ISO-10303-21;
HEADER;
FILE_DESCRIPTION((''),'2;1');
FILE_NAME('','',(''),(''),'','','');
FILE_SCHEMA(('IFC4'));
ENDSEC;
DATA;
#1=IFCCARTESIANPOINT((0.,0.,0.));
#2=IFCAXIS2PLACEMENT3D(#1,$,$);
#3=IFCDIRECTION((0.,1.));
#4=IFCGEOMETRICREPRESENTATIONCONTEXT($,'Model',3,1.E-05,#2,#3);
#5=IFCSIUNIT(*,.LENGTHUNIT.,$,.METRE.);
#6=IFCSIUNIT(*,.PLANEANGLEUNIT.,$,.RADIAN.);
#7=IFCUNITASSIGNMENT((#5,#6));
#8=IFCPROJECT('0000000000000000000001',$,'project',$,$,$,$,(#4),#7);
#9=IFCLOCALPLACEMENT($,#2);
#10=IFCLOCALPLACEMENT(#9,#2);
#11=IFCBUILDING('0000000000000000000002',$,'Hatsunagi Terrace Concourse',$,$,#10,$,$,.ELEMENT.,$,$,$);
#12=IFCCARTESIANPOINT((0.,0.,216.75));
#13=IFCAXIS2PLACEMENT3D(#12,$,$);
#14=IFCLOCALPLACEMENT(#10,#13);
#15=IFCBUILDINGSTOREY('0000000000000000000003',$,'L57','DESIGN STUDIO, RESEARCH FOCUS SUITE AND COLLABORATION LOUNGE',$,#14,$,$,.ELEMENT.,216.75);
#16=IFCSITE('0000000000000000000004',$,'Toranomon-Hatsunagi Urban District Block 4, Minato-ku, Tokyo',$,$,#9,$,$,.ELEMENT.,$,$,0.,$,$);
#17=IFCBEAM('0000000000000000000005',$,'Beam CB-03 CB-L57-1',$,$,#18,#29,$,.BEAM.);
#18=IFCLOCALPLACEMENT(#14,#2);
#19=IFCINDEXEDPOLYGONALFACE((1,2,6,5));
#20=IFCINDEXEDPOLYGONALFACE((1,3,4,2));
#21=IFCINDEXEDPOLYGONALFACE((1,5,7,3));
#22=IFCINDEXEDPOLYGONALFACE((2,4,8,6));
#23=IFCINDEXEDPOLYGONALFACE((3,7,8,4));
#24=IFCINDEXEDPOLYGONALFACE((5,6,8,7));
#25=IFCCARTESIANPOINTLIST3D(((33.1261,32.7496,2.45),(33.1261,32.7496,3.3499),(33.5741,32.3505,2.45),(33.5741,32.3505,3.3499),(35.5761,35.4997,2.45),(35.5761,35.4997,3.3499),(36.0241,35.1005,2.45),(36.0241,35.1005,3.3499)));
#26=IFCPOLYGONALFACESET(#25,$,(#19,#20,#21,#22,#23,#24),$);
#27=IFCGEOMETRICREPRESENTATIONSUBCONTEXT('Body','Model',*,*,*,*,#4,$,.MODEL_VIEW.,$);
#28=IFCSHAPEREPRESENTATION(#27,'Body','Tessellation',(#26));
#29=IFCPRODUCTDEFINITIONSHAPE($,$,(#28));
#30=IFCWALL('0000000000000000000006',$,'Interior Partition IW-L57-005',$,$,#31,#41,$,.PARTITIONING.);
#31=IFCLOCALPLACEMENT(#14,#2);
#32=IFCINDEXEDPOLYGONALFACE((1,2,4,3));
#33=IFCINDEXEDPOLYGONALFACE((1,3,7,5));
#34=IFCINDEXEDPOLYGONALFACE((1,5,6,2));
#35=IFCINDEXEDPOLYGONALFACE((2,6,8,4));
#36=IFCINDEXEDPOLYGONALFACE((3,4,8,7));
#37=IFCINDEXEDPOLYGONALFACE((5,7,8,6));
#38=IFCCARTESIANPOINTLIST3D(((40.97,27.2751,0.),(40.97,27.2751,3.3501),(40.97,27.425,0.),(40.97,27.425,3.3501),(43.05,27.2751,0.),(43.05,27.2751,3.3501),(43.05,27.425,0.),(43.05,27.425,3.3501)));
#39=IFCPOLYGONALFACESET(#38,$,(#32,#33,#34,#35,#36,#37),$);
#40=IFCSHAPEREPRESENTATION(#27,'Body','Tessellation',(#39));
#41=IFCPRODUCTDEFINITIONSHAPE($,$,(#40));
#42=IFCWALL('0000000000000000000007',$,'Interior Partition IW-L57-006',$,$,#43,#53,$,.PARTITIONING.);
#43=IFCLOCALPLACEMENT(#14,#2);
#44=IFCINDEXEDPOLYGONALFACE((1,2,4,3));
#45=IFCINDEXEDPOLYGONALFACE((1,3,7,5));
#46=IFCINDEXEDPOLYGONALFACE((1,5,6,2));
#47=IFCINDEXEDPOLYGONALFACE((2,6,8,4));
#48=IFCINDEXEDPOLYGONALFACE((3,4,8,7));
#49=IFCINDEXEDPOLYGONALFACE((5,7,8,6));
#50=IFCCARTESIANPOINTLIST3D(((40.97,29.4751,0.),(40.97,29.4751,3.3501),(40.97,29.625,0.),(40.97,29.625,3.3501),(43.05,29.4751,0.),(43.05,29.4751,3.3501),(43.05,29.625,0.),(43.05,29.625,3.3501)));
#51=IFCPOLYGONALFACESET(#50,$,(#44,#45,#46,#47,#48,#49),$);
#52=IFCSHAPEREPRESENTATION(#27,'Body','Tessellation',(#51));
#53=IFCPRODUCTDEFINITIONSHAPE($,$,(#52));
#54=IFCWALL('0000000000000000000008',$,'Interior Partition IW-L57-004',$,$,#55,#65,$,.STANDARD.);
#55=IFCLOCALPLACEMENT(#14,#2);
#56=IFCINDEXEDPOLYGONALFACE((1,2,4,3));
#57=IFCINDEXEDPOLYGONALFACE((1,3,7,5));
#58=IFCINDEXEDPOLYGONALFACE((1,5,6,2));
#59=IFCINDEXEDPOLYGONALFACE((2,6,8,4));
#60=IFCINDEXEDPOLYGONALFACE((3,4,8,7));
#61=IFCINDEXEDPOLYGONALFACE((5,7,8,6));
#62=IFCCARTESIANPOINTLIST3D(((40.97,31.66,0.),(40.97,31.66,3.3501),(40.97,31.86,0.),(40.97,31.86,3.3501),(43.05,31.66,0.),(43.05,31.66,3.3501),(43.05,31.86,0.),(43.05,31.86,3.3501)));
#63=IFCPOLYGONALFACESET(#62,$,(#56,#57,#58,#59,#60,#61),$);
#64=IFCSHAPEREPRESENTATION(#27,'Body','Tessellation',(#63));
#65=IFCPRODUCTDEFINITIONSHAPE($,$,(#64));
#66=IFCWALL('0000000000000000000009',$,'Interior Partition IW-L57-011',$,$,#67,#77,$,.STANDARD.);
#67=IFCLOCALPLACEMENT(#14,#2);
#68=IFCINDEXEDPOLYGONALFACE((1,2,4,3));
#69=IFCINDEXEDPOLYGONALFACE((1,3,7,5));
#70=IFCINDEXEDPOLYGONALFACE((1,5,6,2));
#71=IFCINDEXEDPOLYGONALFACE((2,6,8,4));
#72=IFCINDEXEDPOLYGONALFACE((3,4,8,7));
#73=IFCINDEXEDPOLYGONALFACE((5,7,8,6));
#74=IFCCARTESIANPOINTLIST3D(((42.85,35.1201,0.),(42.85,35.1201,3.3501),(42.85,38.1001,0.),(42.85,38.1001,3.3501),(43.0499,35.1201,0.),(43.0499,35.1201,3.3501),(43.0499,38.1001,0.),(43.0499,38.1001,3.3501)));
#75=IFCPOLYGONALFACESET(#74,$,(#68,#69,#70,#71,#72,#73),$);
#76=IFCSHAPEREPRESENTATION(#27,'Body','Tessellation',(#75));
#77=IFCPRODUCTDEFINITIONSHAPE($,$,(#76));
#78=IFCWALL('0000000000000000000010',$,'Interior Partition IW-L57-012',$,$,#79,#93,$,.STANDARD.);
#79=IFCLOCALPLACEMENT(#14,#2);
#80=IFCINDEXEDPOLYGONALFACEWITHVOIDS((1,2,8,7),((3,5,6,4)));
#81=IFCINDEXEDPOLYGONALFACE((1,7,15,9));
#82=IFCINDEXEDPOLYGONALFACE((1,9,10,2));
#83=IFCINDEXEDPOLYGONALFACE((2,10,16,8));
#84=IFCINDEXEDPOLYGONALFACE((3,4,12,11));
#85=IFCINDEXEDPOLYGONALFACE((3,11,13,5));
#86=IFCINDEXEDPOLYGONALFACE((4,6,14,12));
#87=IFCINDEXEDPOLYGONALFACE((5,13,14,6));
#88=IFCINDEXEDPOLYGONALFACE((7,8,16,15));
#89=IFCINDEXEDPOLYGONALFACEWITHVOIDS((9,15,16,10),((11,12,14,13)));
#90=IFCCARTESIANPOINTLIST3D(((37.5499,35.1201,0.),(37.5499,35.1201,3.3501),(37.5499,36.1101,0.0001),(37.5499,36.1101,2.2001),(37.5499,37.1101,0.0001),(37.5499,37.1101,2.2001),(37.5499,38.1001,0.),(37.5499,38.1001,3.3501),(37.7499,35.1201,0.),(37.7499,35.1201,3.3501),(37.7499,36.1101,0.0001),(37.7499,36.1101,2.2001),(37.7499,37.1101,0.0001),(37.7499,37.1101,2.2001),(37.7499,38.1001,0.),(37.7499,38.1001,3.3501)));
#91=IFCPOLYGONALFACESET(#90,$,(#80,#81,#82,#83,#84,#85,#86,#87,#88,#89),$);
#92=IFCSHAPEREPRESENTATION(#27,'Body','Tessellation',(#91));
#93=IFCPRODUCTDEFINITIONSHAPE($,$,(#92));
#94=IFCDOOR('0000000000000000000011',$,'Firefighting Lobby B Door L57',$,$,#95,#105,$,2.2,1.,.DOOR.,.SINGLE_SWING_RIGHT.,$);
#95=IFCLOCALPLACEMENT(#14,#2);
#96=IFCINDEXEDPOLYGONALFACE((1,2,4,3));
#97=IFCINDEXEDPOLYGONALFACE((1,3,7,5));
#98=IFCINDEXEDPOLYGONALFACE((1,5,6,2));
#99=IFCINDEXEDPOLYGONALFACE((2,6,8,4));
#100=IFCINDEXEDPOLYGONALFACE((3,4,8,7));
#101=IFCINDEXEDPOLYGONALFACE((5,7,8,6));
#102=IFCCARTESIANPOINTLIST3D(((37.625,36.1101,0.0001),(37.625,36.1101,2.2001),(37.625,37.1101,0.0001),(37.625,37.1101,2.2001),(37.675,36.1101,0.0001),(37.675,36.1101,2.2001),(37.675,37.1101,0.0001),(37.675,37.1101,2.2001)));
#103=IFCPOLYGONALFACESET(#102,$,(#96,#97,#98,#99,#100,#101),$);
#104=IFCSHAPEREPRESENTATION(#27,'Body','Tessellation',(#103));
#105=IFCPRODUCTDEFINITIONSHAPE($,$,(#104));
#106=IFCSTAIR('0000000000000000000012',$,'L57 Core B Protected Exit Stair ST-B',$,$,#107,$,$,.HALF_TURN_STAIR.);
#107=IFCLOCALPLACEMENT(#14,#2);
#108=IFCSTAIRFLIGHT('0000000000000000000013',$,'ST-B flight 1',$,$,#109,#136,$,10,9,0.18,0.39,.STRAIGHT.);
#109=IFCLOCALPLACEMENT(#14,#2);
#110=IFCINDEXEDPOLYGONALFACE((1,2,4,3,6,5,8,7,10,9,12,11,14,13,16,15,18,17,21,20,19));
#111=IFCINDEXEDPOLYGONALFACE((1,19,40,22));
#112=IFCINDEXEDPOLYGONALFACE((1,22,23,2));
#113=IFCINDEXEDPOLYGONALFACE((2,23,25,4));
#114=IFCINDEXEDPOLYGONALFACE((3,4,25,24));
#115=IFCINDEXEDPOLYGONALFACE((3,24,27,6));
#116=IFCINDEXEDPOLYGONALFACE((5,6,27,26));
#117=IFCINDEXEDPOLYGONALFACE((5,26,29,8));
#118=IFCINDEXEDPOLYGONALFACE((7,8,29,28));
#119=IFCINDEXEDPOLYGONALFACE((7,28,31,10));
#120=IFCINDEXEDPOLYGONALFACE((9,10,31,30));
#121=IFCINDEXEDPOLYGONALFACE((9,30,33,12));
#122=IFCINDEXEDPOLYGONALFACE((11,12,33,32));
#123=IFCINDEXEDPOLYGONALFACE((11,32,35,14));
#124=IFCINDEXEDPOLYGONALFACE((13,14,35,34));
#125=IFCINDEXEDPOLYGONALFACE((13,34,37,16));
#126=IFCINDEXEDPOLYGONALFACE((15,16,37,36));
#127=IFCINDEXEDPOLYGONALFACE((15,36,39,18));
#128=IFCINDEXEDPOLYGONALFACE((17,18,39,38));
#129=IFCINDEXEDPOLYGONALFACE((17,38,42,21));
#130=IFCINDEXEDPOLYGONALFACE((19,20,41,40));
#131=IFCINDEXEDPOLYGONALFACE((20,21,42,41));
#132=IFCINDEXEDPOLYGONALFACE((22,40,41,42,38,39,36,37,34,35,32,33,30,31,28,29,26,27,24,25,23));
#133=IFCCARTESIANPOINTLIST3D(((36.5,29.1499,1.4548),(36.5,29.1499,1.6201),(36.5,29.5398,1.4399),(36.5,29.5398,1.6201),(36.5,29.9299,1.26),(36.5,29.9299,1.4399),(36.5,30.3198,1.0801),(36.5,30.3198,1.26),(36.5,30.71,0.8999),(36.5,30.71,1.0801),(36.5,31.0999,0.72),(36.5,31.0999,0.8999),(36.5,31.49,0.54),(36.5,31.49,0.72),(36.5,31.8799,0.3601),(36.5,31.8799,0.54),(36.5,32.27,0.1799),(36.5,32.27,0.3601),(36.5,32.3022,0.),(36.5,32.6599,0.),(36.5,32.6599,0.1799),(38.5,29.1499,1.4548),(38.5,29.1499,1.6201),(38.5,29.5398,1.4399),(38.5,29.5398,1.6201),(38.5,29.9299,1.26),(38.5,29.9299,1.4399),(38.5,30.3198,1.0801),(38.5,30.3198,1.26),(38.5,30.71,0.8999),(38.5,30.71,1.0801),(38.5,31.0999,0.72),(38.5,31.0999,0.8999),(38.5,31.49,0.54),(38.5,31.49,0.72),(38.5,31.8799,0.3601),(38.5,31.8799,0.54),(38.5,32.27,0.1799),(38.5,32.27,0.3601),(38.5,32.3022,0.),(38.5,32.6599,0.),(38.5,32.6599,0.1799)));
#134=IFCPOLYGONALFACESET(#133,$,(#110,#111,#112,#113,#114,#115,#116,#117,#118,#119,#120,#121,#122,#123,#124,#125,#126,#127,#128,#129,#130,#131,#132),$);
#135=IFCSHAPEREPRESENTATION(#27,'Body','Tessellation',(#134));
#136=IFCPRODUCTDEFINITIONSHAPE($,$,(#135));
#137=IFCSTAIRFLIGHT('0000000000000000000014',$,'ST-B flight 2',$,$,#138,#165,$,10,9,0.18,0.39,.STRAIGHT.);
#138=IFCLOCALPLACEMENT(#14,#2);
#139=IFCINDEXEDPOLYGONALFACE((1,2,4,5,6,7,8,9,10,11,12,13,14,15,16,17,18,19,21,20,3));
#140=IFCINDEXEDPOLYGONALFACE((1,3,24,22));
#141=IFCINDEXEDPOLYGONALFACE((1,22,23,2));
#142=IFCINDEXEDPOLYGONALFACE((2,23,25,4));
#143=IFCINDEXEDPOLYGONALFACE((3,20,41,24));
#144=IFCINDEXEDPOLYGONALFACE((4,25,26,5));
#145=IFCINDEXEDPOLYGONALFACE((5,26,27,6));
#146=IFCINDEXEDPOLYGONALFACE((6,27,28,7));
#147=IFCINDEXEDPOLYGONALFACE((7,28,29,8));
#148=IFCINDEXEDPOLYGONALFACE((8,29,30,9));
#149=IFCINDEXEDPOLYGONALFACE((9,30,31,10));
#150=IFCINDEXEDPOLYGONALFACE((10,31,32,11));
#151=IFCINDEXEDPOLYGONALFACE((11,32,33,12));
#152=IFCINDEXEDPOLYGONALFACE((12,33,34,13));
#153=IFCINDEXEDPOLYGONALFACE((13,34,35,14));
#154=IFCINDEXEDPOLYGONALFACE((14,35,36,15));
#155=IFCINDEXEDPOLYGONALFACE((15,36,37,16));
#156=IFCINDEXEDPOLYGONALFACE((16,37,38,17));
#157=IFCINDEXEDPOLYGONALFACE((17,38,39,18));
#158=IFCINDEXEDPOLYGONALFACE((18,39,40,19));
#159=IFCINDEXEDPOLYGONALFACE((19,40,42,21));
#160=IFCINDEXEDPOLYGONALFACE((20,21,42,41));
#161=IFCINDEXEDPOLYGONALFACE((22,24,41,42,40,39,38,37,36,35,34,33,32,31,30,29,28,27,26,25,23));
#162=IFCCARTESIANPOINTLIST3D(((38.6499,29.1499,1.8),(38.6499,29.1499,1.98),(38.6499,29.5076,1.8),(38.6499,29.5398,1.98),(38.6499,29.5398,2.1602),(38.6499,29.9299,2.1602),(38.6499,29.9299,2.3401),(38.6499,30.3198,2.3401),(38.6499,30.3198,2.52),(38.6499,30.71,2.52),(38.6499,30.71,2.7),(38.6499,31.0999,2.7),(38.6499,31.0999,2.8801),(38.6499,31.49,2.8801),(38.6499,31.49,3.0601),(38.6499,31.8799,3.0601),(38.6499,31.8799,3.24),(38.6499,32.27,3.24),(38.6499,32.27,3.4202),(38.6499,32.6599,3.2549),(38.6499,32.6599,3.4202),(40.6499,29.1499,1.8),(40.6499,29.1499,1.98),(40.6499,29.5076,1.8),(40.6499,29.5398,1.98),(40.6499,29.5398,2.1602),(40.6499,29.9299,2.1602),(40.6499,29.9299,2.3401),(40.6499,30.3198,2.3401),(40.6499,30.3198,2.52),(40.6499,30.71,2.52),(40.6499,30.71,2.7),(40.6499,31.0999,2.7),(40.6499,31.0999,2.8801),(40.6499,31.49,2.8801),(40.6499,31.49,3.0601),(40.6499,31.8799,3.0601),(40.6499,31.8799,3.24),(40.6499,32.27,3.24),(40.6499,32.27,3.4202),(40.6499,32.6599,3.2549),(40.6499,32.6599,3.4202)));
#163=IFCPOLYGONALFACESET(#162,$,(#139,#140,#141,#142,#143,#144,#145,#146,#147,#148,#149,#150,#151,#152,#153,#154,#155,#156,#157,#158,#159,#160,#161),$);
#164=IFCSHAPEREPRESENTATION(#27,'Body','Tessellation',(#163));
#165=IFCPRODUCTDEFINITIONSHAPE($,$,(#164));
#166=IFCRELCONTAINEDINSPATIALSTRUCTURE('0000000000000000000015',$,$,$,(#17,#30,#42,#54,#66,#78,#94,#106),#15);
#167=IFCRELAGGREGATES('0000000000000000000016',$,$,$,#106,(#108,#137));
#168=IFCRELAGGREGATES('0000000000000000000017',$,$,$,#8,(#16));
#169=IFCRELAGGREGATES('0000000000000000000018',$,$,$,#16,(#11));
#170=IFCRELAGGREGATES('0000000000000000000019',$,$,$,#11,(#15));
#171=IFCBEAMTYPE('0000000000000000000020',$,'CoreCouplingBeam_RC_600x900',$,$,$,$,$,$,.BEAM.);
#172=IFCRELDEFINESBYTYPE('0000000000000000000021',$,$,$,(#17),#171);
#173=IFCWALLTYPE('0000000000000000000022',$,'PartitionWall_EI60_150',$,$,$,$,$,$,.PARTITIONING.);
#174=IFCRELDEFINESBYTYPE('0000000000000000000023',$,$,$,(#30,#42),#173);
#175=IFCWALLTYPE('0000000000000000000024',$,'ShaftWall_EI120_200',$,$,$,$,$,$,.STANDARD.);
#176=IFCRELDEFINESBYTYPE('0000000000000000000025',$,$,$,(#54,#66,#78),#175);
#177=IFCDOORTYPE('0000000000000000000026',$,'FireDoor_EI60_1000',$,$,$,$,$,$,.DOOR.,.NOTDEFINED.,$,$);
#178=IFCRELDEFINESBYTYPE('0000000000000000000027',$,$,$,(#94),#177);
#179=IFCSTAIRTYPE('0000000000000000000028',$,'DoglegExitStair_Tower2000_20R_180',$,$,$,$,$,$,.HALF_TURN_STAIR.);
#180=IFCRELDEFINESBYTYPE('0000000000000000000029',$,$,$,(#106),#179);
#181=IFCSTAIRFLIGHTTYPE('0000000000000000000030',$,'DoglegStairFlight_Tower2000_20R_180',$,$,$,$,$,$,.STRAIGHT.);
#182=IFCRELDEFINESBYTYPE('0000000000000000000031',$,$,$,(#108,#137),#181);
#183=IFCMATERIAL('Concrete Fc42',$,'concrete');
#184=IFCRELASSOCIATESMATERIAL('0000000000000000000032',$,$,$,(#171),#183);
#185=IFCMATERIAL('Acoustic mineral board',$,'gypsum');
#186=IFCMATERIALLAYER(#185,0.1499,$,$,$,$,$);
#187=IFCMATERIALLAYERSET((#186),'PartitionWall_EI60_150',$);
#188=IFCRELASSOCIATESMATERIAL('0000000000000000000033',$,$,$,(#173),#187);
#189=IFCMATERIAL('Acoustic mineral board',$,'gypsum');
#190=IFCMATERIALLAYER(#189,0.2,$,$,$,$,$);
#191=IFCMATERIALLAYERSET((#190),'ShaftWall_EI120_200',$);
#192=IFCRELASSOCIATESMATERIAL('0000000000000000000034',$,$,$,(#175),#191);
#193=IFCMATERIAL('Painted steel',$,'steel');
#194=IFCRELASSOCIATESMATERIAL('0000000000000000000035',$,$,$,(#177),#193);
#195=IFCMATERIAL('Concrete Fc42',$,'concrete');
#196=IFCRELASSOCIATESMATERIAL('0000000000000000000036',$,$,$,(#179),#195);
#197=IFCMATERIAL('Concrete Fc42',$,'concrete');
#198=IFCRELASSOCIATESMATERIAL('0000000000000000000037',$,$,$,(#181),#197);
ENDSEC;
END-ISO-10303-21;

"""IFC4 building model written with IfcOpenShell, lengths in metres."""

from ifc_helpers import new_model, si_unit, direction, frame, frame_2d, origin, origin_2d, place, context, subcontext, project, spatial, polyline, rectangle, outline, extrude, material, layer, layer_set, material_profile, profile_set, type_object, element, fill, aggregate, save


model = new_model("IFC4")

# Units and contexts
model_context = context("Model", 3, precision=1e-05, world=origin(), true_north=direction((0.0, 1.0)))
body_context = subcontext(model_context, "Body", "Model", "MODEL_VIEW")
ifc_project = project(units=[si_unit("LENGTHUNIT", "METRE"), si_unit("PLANEANGLEUNIT", "RADIAN")], contexts=[model_context])

# Site, building, storey
site_placement = place(None, origin())
site = spatial("IfcSite", under=ifc_project, at=site_placement, Name="Toranomon-Hatsunagi Urban District Block 4, Minato-ku, Tokyo", CompositionType="ELEMENT", RefElevation=0.0)
building_placement = place(site_placement, origin())
building = spatial("IfcBuilding", under=site, at=building_placement, Name="Hatsunagi Terrace Concourse", CompositionType="ELEMENT")
storey_placement = place(building_placement, frame((0.0, 0.0, 216.75)))
storey = spatial("IfcBuildingStorey", under=building, at=storey_placement, Name="L57", Description="DESIGN STUDIO, RESEARCH FOCUS SUITE AND COLLABORATION LOUNGE", CompositionType="ELEMENT", Elevation=216.75)

# Beam
ifc_material_1 = material(Name="Concrete Fc42", Category="concrete")
ifc_material_profile = material_profile(ifc_material_1, rectangle(XDim=0.6001, YDim=0.8999, at=origin_2d()), Name="RC-600x900")
ifc_profile_set = profile_set([ifc_material_profile], Name="Concrete Fc42")
beam_type = type_object("IfcBeamType", Name="CoreCouplingBeam_RC_600x900", PredefinedType="BEAM", material=ifc_profile_set)
beam_placement = place(storey_placement, frame((33.3501, 32.55, 2.8999), z_axis=(0.665199, 0.746666, 0.0), x_axis=(-0.746666, 0.665199, 0.0)))
element("IfcBeam", 1, at=beam_placement, inside=storey, type_object=beam_type, Name="Beam CB-03 CB-L57-1", PredefinedType="BEAM", context=body_context, shape_type="SweptSolid", body=[
    extrude(rectangle(XDim=0.6001, YDim=0.8999, at=origin_2d()), origin(), (0.0, 0.0, 1.0), 3.6831),
])

# Walls
ifc_material_2 = material(Name="Acoustic mineral board", Category="gypsum")
ifc_layer_1 = layer(ifc_material_2, 0.1499)
ifc_layer_set_1 = layer_set([ifc_layer_1], Name="PartitionWall_EI60_150")
wall_type_1 = type_object("IfcWallType", Name="PartitionWall_EI60_150", PredefinedType="PARTITIONING", material=ifc_layer_set_1)
for number, where, z_axis, x_axis, name in (
    (2, (40.97, 27.3501, 0.0), (0.0, 0.0, 1.0), (1.0, 0.0, 0.0), "Interior Partition IW-L57-005"),
    (3, (40.97, 29.55, 0.0), (0.0, 0.0, 1.0), (1.0, 0.0, 0.0), "Interior Partition IW-L57-006"),
):
    element("IfcWall", number, at=place(storey_placement, frame(where, z_axis=z_axis, x_axis=x_axis)), inside=storey, type_object=wall_type_1, Name=name, PredefinedType="PARTITIONING", context=body_context, shape_type="SweptSolid", body=[
        extrude(rectangle(XDim=2.0801, YDim=0.1499, at=frame_2d((1.04, 0.0))), origin(), (0.0, 0.0, 1.0), 3.3501),
    ])
ifc_material_3 = material(Name="Acoustic mineral board", Category="gypsum")
ifc_layer_2 = layer(ifc_material_3, 0.2)
ifc_layer_set_2 = layer_set([ifc_layer_2], Name="ShaftWall_EI120_200")
wall_type_2 = type_object("IfcWallType", Name="ShaftWall_EI120_200", PredefinedType="STANDARD", material=ifc_layer_set_2)
wall_1_placement = place(storey_placement, frame((40.97, 31.76, 0.0), z_axis=(0.0, 0.0, 1.0), x_axis=(1.0, 0.0, 0.0)))
element("IfcWall", 4, at=wall_1_placement, inside=storey, type_object=wall_type_2, Name="Interior Partition IW-L57-004", PredefinedType="STANDARD", context=body_context, shape_type="SweptSolid", body=[
    extrude(rectangle(XDim=2.0801, YDim=0.2, at=frame_2d((1.04, 0.0))), origin(), (0.0, 0.0, 1.0), 3.3501),
])
wall_2_placement = place(storey_placement, frame((42.95, 35.1201, 0.0), z_axis=(0.0, 0.0, 1.0), x_axis=(0.0, 1.0, 0.0)))
element("IfcWall", 5, at=wall_2_placement, inside=storey, type_object=wall_type_2, Name="Interior Partition IW-L57-011", PredefinedType="STANDARD", context=body_context, shape_type="SweptSolid", body=[
    extrude(rectangle(XDim=2.98, YDim=0.2, at=frame_2d((1.49, 0.0))), origin(), (0.0, 0.0, 1.0), 3.3501),
])

# Wall, opening, door
wall_3_placement = place(storey_placement, frame((37.6499, 35.1201, 0.0), z_axis=(0.0, 0.0, 1.0), x_axis=(0.0, 1.0, 0.0)))
wall_3 = element("IfcWall", 6, at=wall_3_placement, inside=storey, type_object=wall_type_2, Name="Interior Partition IW-L57-012", PredefinedType="STANDARD", context=body_context, shape_type="SweptSolid", body=[
    extrude(rectangle(XDim=2.98, YDim=0.2, at=frame_2d((1.49, 0.0))), origin(), (0.0, 0.0, 1.0), 3.3501),
])
opening_1_placement = place(wall_3_placement, frame((0.99, 0.0, 0.0)))
opening_1 = element("IfcOpeningElement", 7, at=opening_1_placement, cuts=wall_3, PredefinedType="OPENING", context=body_context, shape_type="SweptSolid", body=[
    extrude(rectangle(XDim=1.0, YDim=2.2, at=frame_2d((0.5, 1.1001))), frame((0.0, 0.1099, 0.0), z_axis=(0.0, -1.0, 0.0), x_axis=(1.0, 0.0, 0.0)), (0.0, 0.0, 1.0), 0.22),
])
ifc_material_4 = material(Name="Painted steel", Category="steel")
door_type_1 = type_object("IfcDoorType", Name="FireDoor_EI60_1000", OperationType="NOTDEFINED", PredefinedType="DOOR", material=ifc_material_4)
door_1_placement = place(opening_1_placement, origin())
door_1 = element("IfcDoor", 8, at=door_1_placement, inside=storey, type_object=door_type_1, Name="Firefighting Lobby B Door L57", OperationType="SINGLE_SWING_RIGHT", OverallHeight=2.2, OverallWidth=1.0, PredefinedType="DOOR", context=body_context, shape_type="SweptSolid", body=[
    extrude(rectangle(XDim=1.0, YDim=2.2, at=frame_2d((0.5, 1.1001))), frame((0.0, 0.0249, 0.0), z_axis=(0.0, -1.0, 0.0), x_axis=(1.0, 0.0, 0.0)), (0.0, 0.0, 1.0), 0.05),
])
fill(opening_1, door_1)

# Stair, stair flights
ifc_material_5 = material(Name="Concrete Fc42", Category="concrete")
stair_type = type_object("IfcStairType", Name="DoglegExitStair_Tower2000_20R_180", PredefinedType="HALF_TURN_STAIR", material=ifc_material_5)
stair_placement = place(storey_placement, origin())
stair = element("IfcStair", 9, at=stair_placement, inside=storey, type_object=stair_type, Name="L57 Core B Protected Exit Stair ST-B", PredefinedType="HALF_TURN_STAIR")
ifc_material_6 = material(Name="Concrete Fc42", Category="concrete")
stair_flight_type = type_object("IfcStairFlightType", Name="DoglegStairFlight_Tower2000_20R_180", PredefinedType="STRAIGHT", material=ifc_material_6)
stair_flight_1_placement = place(storey_placement, frame((37.5, 32.6599, 0.0), z_axis=(0.0, 0.0, 1.0), x_axis=(0.0, -1.0, 0.0)))
stair_flight_1 = element("IfcStairFlight", 10, at=stair_flight_1_placement, type_object=stair_flight_type, Name="ST-B flight 1", NumberOfRisers=10, NumberOfTreads=9, PredefinedType="STRAIGHT", RiserHeight=0.18, TreadLength=0.39, context=body_context, shape_type="SweptSolid", body=[
    extrude(outline(polyline([(0.0, 0.0), (0.0, 0.1799), (0.3899, 0.1799), (0.3899, 0.3601), (0.78, 0.3601), (0.78, 0.54), (1.1699, 0.54), (1.1699, 0.72), (1.5601, 0.72), (1.5601, 0.8999), (1.95, 0.8999), (1.95, 1.0801), (2.3401, 1.0801), (2.3401, 1.26), (2.73, 1.26), (2.73, 1.4399), (3.1201, 1.4399), (3.1201, 1.6201), (3.51, 1.6201), (3.51, 1.8), (3.51, 1.4548), (0.3577, 0.0), (0.0, 0.0)])), frame((0.0, 1.0, 0.0), z_axis=(0.0, -1.0, 0.0), x_axis=(1.0, 0.0, 0.0)), (0.0, 0.0, 1.0), 2.0),
])
stair_flight_2_placement = place(storey_placement, frame((39.6499, 29.1499, 1.8), z_axis=(0.0, 0.0, 1.0), x_axis=(0.0, 1.0, 0.0)))
stair_flight_2 = element("IfcStairFlight", 11, at=stair_flight_2_placement, type_object=stair_flight_type, Name="ST-B flight 2", NumberOfRisers=10, NumberOfTreads=9, PredefinedType="STRAIGHT", RiserHeight=0.18, TreadLength=0.39, context=body_context, shape_type="SweptSolid", body=[
    extrude(outline(polyline([(0.0, 0.0), (0.0, 0.1799), (0.3899, 0.1799), (0.3899, 0.3601), (0.78, 0.3601), (0.78, 0.54), (1.1699, 0.54), (1.1699, 0.72), (1.5601, 0.72), (1.5601, 0.8999), (1.95, 0.8999), (1.95, 1.0801), (2.3401, 1.0801), (2.3401, 1.26), (2.73, 1.26), (2.73, 1.4399), (3.1201, 1.4399), (3.1201, 1.6201), (3.51, 1.6201), (3.51, 1.8), (3.51, 1.4548), (0.3577, 0.0), (0.0, 0.0)])), frame((0.0, 1.0, 0.0), z_axis=(0.0, -1.0, 0.0), x_axis=(1.0, 0.0, 0.0)), (0.0, 0.0, 1.0), 2.0),
])
aggregate(stair, [stair_flight_1, stair_flight_2])

save(model, "model.ifc")
